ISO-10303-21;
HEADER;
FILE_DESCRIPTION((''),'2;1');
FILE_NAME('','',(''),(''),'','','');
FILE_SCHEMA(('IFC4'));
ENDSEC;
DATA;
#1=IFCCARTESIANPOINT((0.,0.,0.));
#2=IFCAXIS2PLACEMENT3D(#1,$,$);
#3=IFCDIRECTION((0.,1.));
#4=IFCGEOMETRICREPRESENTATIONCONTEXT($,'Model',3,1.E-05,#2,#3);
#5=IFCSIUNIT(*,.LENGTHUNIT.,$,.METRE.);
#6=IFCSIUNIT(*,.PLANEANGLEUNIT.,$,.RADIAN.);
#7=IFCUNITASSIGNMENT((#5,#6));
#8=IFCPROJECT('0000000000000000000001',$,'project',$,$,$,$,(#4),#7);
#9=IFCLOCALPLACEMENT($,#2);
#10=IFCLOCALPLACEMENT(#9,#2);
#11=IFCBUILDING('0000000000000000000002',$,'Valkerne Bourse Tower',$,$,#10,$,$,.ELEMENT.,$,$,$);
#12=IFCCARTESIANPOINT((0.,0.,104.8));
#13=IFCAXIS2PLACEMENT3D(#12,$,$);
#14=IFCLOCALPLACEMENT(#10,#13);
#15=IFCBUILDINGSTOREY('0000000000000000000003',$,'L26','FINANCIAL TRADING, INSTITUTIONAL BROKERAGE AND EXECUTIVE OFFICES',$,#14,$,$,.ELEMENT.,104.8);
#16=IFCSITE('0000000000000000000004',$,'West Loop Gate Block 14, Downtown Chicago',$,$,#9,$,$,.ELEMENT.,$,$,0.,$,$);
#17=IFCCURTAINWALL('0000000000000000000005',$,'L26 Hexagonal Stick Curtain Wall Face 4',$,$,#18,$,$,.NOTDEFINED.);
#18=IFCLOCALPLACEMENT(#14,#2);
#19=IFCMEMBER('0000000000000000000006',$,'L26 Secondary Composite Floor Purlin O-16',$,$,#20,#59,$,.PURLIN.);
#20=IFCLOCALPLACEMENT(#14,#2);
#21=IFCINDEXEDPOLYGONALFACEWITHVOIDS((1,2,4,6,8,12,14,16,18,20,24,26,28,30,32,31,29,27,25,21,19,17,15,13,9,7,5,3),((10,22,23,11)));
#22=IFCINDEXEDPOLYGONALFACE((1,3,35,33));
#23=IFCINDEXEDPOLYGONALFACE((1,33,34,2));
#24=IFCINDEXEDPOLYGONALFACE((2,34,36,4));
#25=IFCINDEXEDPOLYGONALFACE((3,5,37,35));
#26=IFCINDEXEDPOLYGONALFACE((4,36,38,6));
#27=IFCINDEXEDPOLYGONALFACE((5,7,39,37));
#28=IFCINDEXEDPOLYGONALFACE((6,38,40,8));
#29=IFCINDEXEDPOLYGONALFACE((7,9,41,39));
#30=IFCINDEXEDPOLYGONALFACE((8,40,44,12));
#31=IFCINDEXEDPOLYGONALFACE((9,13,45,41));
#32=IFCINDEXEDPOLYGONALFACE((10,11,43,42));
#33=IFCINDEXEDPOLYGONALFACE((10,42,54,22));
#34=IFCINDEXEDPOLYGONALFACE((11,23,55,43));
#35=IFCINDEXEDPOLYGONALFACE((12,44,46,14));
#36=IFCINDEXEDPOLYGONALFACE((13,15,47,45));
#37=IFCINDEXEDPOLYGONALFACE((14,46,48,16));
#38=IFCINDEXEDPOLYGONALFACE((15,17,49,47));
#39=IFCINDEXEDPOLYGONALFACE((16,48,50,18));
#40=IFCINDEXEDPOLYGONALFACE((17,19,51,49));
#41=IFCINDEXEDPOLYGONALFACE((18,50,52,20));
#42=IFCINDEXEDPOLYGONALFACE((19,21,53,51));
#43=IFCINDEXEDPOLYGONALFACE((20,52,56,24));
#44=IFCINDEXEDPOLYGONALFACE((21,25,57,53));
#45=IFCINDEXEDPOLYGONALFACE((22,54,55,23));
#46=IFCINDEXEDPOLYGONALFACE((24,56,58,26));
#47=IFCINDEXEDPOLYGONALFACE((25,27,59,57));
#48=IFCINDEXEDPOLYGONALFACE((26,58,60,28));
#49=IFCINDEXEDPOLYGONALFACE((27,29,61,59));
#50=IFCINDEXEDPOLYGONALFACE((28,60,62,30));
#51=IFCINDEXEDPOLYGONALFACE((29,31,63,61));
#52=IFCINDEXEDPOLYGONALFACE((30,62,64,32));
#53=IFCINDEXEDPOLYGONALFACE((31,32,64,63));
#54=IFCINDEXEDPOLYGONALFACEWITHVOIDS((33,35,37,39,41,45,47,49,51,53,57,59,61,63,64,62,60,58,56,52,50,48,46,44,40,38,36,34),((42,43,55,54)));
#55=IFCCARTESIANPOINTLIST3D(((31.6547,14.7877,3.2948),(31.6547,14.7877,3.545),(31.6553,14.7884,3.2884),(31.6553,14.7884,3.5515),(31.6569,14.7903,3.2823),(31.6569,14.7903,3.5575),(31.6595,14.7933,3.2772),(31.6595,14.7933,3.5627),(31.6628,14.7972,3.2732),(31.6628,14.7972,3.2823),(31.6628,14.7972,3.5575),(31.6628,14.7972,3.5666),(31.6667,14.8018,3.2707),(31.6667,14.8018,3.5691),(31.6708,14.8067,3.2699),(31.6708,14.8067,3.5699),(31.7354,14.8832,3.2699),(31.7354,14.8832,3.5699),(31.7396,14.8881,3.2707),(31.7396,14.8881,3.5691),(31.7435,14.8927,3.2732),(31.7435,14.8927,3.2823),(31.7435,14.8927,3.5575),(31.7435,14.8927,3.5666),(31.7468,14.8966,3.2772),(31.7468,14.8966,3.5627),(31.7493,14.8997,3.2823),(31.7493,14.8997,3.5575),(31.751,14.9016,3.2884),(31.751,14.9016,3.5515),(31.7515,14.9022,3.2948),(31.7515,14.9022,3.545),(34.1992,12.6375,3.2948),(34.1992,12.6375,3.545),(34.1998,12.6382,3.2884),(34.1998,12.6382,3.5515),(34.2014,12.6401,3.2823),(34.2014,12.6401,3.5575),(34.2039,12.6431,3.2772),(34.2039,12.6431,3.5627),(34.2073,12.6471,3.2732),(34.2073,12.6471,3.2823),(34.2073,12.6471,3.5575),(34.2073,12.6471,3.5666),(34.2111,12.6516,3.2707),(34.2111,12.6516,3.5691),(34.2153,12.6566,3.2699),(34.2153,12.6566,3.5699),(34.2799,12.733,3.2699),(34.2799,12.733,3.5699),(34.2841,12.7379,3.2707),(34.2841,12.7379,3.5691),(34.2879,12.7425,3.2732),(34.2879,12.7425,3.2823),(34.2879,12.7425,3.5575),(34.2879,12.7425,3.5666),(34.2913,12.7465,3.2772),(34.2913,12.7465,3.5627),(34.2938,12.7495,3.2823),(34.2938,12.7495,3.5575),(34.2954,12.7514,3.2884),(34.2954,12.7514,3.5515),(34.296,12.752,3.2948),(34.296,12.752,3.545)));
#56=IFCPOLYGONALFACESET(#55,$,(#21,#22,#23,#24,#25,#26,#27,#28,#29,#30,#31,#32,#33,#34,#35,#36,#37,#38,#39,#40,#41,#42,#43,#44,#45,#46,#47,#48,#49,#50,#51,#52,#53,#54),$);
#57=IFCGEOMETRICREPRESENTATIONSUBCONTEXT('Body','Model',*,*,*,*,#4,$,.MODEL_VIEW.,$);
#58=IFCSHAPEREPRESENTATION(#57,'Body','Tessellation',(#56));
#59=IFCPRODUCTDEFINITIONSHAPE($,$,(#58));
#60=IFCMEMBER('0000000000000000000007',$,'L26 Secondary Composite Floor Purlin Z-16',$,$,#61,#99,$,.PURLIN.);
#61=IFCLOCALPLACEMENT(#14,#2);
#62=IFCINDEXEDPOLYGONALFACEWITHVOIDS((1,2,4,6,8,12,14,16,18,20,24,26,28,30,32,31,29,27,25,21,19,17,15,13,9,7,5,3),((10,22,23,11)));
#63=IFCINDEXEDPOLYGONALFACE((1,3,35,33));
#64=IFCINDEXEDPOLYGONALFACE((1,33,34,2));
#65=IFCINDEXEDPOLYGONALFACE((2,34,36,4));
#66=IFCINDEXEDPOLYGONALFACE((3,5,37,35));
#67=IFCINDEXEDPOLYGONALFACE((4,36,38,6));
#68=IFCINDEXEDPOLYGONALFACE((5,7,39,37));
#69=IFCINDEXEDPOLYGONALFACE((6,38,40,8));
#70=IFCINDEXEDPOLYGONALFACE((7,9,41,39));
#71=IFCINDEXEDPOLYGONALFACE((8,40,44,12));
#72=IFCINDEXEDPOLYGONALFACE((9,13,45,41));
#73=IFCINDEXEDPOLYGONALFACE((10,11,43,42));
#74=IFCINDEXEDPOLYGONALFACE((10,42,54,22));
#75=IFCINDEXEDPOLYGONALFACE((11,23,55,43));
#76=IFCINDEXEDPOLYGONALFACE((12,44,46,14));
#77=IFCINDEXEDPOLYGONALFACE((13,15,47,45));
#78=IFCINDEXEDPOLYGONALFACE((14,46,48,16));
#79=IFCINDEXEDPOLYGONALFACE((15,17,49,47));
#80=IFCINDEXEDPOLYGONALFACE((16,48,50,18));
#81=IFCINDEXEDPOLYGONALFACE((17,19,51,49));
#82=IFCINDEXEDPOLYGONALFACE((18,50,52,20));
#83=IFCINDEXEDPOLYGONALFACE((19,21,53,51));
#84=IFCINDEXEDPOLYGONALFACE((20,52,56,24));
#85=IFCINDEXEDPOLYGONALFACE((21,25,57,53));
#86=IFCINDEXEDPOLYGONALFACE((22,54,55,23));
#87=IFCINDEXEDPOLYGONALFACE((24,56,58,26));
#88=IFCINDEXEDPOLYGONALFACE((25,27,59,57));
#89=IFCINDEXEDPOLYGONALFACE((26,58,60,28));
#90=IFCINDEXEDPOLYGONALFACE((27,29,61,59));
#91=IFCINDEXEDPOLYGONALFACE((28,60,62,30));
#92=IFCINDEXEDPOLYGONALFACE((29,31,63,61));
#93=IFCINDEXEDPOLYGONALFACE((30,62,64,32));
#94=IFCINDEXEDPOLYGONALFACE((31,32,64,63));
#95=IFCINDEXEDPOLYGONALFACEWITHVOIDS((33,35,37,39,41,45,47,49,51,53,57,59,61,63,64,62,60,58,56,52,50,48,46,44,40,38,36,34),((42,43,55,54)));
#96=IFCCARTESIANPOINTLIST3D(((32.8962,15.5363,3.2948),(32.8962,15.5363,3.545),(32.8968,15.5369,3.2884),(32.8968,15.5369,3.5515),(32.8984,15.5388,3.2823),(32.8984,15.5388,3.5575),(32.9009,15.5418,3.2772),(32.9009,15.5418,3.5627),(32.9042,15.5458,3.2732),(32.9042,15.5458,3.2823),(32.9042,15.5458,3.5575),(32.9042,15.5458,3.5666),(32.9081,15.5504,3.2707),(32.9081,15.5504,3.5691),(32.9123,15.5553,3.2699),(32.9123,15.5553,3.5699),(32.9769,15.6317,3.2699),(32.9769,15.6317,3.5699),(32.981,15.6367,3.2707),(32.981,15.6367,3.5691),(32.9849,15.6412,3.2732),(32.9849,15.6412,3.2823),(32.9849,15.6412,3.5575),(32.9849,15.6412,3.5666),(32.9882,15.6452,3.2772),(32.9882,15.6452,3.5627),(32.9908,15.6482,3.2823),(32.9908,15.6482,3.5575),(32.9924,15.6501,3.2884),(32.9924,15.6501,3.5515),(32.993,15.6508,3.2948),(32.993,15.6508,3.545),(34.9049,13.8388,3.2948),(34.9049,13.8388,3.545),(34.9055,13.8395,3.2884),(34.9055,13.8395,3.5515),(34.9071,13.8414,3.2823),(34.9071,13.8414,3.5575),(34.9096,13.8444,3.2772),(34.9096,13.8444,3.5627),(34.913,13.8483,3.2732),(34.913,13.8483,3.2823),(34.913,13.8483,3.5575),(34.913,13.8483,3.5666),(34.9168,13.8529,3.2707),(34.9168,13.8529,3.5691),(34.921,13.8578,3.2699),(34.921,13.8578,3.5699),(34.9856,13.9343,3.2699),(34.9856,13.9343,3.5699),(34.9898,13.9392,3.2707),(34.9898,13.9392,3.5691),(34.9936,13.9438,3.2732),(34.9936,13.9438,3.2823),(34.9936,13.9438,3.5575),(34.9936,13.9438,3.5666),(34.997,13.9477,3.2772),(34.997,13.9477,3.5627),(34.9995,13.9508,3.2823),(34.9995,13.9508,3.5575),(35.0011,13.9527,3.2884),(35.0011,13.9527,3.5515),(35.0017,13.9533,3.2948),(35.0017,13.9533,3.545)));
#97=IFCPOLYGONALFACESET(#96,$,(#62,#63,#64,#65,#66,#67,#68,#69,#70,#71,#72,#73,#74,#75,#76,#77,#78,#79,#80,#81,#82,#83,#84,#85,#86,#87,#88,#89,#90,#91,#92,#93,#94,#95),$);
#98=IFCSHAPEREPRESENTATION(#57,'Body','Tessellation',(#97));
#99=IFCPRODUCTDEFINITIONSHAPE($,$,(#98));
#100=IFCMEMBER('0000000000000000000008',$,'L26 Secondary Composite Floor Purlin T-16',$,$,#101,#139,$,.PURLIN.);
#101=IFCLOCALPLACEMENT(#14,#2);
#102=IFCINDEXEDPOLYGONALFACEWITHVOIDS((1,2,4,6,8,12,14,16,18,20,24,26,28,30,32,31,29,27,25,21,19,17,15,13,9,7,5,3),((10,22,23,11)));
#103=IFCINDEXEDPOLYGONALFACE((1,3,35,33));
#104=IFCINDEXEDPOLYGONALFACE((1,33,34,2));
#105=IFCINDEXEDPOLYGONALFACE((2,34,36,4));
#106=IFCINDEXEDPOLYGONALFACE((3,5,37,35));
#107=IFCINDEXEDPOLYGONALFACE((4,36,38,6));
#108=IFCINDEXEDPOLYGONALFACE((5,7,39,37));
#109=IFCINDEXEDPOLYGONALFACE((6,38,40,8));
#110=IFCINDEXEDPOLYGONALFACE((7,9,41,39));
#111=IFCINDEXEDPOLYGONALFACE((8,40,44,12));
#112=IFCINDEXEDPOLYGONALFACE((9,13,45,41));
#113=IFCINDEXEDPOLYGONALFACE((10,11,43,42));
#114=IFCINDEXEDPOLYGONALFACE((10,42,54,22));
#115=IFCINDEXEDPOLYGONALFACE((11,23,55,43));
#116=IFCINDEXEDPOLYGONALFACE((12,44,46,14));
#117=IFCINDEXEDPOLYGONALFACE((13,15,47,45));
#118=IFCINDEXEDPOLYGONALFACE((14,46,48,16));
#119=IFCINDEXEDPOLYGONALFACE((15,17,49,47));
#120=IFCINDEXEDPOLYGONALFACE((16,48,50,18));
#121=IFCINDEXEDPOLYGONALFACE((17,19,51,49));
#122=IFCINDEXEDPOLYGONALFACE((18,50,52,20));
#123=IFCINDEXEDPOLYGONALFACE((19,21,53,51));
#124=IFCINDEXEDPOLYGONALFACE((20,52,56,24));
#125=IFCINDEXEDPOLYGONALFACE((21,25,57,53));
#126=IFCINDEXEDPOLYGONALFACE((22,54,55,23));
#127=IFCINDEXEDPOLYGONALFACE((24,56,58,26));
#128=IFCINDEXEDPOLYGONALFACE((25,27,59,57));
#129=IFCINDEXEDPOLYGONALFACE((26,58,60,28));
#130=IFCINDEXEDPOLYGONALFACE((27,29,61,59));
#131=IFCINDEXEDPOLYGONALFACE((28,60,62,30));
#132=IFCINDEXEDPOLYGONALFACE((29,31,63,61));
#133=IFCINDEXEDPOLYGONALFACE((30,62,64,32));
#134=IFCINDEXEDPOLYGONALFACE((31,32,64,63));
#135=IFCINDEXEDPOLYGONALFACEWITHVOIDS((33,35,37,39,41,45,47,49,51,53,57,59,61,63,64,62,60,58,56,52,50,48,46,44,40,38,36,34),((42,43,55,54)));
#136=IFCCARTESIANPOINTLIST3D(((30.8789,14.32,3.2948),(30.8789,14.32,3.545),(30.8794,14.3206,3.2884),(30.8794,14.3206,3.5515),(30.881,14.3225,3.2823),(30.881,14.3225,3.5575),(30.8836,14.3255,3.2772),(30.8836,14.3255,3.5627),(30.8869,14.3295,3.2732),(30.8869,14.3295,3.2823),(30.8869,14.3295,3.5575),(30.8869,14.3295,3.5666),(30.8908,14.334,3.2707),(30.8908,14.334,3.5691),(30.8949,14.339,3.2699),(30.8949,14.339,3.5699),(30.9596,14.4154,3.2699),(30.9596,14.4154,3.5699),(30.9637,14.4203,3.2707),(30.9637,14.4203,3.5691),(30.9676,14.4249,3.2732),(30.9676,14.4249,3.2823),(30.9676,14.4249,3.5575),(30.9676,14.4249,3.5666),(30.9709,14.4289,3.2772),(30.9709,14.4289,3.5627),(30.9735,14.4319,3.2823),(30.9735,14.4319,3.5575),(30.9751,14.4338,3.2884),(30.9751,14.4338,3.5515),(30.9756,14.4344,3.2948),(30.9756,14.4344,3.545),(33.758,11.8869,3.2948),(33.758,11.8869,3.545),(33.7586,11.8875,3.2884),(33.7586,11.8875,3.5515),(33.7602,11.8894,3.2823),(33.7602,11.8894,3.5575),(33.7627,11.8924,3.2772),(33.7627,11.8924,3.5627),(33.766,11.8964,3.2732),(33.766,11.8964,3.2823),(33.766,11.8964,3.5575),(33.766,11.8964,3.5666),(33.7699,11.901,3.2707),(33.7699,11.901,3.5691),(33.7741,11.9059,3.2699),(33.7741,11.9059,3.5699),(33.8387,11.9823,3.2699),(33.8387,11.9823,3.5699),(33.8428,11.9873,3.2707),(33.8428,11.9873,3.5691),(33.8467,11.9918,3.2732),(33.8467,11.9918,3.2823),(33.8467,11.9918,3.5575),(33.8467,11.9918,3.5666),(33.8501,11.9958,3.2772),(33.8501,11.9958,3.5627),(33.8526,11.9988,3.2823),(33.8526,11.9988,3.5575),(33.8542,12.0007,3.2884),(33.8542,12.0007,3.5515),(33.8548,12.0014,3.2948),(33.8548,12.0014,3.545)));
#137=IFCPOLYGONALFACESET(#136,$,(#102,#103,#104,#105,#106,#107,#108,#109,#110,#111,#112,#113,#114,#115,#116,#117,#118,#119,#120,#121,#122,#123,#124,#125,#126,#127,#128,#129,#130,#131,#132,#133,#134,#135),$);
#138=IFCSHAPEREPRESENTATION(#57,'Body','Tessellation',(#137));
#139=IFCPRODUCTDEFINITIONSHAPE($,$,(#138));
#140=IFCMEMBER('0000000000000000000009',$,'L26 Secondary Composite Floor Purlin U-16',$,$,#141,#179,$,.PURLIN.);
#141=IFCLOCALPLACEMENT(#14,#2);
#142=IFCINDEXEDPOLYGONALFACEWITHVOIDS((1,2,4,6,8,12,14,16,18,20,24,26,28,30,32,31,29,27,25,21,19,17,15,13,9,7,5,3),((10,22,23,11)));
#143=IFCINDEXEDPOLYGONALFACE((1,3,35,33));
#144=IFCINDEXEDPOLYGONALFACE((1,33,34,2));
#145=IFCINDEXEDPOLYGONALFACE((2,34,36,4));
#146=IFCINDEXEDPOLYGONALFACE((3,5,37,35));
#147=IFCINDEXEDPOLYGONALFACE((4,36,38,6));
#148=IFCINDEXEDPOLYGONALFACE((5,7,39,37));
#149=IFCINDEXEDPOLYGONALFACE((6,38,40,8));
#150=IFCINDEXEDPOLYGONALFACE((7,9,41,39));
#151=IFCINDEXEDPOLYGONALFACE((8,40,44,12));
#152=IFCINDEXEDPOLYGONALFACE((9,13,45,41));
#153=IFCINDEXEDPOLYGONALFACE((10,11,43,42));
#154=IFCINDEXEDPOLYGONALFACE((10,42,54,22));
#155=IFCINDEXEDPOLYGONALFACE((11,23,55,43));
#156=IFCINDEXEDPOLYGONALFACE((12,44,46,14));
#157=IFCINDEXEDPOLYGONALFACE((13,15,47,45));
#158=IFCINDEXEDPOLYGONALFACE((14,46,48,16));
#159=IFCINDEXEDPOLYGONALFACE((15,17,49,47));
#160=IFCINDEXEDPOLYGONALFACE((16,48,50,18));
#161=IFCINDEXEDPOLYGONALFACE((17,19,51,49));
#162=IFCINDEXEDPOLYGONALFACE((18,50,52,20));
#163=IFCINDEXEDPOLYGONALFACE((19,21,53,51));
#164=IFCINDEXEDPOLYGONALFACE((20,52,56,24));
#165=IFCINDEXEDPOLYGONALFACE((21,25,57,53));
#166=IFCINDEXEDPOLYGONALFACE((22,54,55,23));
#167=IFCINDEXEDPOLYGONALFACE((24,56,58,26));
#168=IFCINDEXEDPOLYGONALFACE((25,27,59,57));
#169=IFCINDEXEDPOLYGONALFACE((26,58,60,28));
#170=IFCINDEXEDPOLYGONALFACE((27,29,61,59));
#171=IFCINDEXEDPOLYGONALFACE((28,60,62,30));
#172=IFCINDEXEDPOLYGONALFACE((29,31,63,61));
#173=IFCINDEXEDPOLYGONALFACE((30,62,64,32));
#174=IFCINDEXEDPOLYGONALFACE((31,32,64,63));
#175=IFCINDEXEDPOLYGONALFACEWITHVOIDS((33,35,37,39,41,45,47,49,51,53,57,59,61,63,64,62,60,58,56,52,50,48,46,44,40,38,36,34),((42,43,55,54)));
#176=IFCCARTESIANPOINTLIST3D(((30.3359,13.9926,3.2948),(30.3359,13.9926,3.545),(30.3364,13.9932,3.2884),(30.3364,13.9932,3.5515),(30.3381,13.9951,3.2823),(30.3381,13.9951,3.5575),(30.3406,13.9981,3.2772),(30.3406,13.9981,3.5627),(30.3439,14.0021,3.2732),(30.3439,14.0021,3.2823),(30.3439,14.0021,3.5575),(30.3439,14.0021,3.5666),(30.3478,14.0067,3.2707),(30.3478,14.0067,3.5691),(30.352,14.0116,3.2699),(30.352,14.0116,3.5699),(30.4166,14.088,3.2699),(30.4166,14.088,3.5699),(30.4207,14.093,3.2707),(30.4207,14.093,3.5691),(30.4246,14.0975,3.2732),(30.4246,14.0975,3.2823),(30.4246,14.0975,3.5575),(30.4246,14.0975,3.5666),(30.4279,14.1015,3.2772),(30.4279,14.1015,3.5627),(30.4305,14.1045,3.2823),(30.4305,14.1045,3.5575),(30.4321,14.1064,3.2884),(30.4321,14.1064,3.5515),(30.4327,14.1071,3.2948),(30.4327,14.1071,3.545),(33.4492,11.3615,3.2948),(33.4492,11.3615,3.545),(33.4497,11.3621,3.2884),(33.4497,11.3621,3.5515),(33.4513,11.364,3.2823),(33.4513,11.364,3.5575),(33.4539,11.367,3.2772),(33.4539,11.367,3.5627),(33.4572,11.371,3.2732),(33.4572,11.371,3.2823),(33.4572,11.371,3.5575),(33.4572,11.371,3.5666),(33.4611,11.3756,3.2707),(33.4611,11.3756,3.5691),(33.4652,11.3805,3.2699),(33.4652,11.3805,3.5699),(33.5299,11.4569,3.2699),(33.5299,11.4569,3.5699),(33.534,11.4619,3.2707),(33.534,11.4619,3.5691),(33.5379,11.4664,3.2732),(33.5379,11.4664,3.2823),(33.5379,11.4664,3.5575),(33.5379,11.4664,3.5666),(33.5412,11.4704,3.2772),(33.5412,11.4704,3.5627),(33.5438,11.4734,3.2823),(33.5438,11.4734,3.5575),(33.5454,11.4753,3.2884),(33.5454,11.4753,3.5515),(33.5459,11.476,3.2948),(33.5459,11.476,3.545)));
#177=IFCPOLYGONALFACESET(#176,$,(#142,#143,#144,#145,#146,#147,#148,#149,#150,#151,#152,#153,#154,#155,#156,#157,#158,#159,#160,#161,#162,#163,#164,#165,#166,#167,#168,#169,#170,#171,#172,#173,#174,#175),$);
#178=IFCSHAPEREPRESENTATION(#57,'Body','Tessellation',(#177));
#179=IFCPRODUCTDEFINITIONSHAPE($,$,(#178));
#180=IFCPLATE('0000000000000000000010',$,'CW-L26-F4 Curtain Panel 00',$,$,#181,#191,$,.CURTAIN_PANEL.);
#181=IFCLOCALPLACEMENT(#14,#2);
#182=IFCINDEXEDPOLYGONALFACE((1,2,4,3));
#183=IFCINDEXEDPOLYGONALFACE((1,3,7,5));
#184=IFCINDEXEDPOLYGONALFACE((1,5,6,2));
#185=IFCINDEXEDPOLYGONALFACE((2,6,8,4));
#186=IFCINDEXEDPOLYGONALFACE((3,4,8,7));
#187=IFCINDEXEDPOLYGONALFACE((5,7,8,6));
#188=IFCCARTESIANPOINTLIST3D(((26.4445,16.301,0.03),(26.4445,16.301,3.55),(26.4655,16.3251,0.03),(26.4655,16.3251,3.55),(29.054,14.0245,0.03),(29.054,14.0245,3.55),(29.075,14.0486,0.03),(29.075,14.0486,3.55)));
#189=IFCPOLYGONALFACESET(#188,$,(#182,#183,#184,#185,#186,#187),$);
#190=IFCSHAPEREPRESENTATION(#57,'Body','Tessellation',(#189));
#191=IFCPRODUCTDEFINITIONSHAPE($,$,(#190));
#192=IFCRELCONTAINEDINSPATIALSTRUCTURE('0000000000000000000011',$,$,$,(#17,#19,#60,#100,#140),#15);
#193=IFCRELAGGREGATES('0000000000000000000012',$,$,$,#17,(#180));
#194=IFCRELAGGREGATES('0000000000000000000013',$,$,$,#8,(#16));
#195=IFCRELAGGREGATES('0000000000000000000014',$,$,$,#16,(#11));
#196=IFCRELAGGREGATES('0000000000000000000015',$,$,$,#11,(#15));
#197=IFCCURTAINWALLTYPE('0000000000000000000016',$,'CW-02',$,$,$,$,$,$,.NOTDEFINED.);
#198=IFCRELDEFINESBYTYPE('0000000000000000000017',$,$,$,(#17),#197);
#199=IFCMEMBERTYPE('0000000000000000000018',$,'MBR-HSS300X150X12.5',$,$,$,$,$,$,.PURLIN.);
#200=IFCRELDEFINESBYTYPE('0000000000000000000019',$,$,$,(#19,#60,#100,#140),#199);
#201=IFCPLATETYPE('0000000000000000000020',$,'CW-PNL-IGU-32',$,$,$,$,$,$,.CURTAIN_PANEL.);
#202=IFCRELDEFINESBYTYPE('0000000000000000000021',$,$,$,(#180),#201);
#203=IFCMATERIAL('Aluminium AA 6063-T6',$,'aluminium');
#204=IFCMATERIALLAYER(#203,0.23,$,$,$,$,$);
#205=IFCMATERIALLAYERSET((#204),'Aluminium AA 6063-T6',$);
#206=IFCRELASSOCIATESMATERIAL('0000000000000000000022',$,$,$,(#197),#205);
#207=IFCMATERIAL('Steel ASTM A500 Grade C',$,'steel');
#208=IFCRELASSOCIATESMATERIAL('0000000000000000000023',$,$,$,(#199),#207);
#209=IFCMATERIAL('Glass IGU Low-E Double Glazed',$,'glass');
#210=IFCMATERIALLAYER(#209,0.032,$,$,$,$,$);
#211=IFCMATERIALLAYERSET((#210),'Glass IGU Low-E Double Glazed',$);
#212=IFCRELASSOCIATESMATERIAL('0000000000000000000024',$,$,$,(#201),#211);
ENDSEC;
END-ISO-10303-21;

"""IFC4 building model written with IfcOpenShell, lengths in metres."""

from ifc_helpers import new_model, si_unit, direction, frame, origin, origin_2d, place, context, subcontext, project, spatial, rectangle, hollow_rectangle, extrude, material, layer, layer_set, material_profile, profile_set, type_object, element, aggregate, save


model = new_model("IFC4")

# Units and contexts
model_context = context("Model", 3, precision=1e-05, world=origin(), true_north=direction((0.0, 1.0)))
body_context = subcontext(model_context, "Body", "Model", "MODEL_VIEW")
ifc_project = project(units=[si_unit("LENGTHUNIT", "METRE"), si_unit("PLANEANGLEUNIT", "RADIAN")], contexts=[model_context])

# Site, building, storey
site_placement = place(None, origin())
site = spatial("IfcSite", under=ifc_project, at=site_placement, Name="West Loop Gate Block 14, Downtown Chicago", CompositionType="ELEMENT", RefElevation=0.0)
building_placement = place(site_placement, origin())
building = spatial("IfcBuilding", under=site, at=building_placement, Name="Valkerne Bourse Tower", CompositionType="ELEMENT")
storey_placement = place(building_placement, frame((0.0, 0.0, 104.8)))
storey = spatial("IfcBuildingStorey", under=building, at=storey_placement, Name="L26", Description="FINANCIAL TRADING, INSTITUTIONAL BROKERAGE AND EXECUTIVE OFFICES", CompositionType="ELEMENT", Elevation=104.8)

# Curtain wall
ifc_material_1 = material(Name="Aluminium AA 6063-T6", Category="aluminium")
ifc_layer_1 = layer(ifc_material_1, 0.23)
ifc_layer_set_1 = layer_set([ifc_layer_1], Name="Aluminium AA 6063-T6")
curtain_wall_type = type_object("IfcCurtainWallType", Name="CW-02", PredefinedType="NOTDEFINED", material=ifc_layer_set_1)
curtain_wall_placement = place(storey_placement, origin())
curtain_wall = element("IfcCurtainWall", 1, at=curtain_wall_placement, inside=storey, type_object=curtain_wall_type, Name="L26 Hexagonal Stick Curtain Wall Face 4", PredefinedType="NOTDEFINED")

# Members
ifc_material_2 = material(Name="Steel ASTM A500 Grade C", Category="steel")
ifc_material_profile_1 = material_profile(ifc_material_2, hollow_rectangle(XDim=0.1499, YDim=0.3, WallThickness=0.0125, OuterFilletRadius=0.0249, at=origin_2d()), Name="HSS300X150X12.5")
ifc_profile_set_1 = profile_set([ifc_material_profile_1], Name="Steel ASTM A500 Grade C")
member_type_1 = type_object("IfcMemberType", Name="MBR-HSS300X150X12.5", PredefinedType="PURLIN", material=ifc_profile_set_1)
member_1_placement = place(storey_placement, frame((31.7031, 14.845, 3.4199), z_axis=(0.763806, -0.645446, 0.0), x_axis=(0.645446, 0.763806, 0.0)))
element("IfcMember", 2, at=member_1_placement, inside=storey, type_object=member_type_1, Name="L26 Secondary Composite Floor Purlin O-16", PredefinedType="PURLIN", context=body_context, shape_type="SweptSolid", body=[
    extrude(hollow_rectangle(XDim=0.1499, YDim=0.3, WallThickness=0.0125, OuterFilletRadius=0.0249, at=origin_2d()), origin(), (0.0, 0.0, 1.0), 3.3313),
])
member_2_placement = place(storey_placement, frame((32.9446, 15.5935, 3.4199), z_axis=(0.763805, -0.645447, 0.0), x_axis=(0.645447, 0.763805, 0.0)))
element("IfcMember", 3, at=member_2_placement, inside=storey, type_object=member_type_1, Name="L26 Secondary Composite Floor Purlin Z-16", PredefinedType="PURLIN", context=body_context, shape_type="SweptSolid", body=[
    extrude(hollow_rectangle(XDim=0.1499, YDim=0.3, WallThickness=0.0125, OuterFilletRadius=0.0249, at=origin_2d()), origin(), (0.0, 0.0, 1.0), 2.6299),
])
member_3_placement = place(storey_placement, frame((30.9272, 14.3772, 3.4199), z_axis=(0.763791, -0.645463, 0.0), x_axis=(0.645463, 0.763791, 0.0)))
element("IfcMember", 4, at=member_3_placement, inside=storey, type_object=member_type_1, Name="L26 Secondary Composite Floor Purlin T-16", PredefinedType="PURLIN", context=body_context, shape_type="SweptSolid", body=[
    extrude(hollow_rectangle(XDim=0.1499, YDim=0.3, WallThickness=0.0125, OuterFilletRadius=0.0249, at=origin_2d()), origin(), (0.0, 0.0, 1.0), 3.7695),
])
member_4_placement = place(storey_placement, frame((30.3843, 14.0498, 3.4199), z_axis=(0.763775, -0.645483, 0.0), x_axis=(0.645483, 0.763775, 0.0)))
element("IfcMember", 5, at=member_4_placement, inside=storey, type_object=member_type_1, Name="L26 Secondary Composite Floor Purlin U-16", PredefinedType="PURLIN", context=body_context, shape_type="SweptSolid", body=[
    extrude(hollow_rectangle(XDim=0.1499, YDim=0.3, WallThickness=0.0125, OuterFilletRadius=0.0249, at=origin_2d()), origin(), (0.0, 0.0, 1.0), 4.0762),
])

# Plate
ifc_material_3 = material(Name="Glass IGU Low-E Double Glazed", Category="glass")
ifc_layer_2 = layer(ifc_material_3, 0.032)
ifc_layer_set_2 = layer_set([ifc_layer_2], Name="Glass IGU Low-E Double Glazed")
plate_type = type_object("IfcPlateType", Name="CW-PNL-IGU-32", PredefinedType="CURTAIN_PANEL", material=ifc_layer_set_2)
plate_1_placement = place(storey_placement, frame((27.7598, 15.1748, 0.03), z_axis=(0.0, 0.0, 1.0), x_axis=(0.753564, -0.657375, 0.0)))
plate_1 = element("IfcPlate", 6, at=plate_1_placement, type_object=plate_type, Name="CW-L26-F4 Curtain Panel 00", PredefinedType="CURTAIN_PANEL", context=body_context, shape_type="SweptSolid", body=[
    extrude(rectangle(XDim=3.4629, YDim=0.032, at=origin_2d()), origin(), (0.0, 0.0, 1.0), 3.52),
])
aggregate(curtain_wall, [plate_1])

save(model, "model.ifc")
